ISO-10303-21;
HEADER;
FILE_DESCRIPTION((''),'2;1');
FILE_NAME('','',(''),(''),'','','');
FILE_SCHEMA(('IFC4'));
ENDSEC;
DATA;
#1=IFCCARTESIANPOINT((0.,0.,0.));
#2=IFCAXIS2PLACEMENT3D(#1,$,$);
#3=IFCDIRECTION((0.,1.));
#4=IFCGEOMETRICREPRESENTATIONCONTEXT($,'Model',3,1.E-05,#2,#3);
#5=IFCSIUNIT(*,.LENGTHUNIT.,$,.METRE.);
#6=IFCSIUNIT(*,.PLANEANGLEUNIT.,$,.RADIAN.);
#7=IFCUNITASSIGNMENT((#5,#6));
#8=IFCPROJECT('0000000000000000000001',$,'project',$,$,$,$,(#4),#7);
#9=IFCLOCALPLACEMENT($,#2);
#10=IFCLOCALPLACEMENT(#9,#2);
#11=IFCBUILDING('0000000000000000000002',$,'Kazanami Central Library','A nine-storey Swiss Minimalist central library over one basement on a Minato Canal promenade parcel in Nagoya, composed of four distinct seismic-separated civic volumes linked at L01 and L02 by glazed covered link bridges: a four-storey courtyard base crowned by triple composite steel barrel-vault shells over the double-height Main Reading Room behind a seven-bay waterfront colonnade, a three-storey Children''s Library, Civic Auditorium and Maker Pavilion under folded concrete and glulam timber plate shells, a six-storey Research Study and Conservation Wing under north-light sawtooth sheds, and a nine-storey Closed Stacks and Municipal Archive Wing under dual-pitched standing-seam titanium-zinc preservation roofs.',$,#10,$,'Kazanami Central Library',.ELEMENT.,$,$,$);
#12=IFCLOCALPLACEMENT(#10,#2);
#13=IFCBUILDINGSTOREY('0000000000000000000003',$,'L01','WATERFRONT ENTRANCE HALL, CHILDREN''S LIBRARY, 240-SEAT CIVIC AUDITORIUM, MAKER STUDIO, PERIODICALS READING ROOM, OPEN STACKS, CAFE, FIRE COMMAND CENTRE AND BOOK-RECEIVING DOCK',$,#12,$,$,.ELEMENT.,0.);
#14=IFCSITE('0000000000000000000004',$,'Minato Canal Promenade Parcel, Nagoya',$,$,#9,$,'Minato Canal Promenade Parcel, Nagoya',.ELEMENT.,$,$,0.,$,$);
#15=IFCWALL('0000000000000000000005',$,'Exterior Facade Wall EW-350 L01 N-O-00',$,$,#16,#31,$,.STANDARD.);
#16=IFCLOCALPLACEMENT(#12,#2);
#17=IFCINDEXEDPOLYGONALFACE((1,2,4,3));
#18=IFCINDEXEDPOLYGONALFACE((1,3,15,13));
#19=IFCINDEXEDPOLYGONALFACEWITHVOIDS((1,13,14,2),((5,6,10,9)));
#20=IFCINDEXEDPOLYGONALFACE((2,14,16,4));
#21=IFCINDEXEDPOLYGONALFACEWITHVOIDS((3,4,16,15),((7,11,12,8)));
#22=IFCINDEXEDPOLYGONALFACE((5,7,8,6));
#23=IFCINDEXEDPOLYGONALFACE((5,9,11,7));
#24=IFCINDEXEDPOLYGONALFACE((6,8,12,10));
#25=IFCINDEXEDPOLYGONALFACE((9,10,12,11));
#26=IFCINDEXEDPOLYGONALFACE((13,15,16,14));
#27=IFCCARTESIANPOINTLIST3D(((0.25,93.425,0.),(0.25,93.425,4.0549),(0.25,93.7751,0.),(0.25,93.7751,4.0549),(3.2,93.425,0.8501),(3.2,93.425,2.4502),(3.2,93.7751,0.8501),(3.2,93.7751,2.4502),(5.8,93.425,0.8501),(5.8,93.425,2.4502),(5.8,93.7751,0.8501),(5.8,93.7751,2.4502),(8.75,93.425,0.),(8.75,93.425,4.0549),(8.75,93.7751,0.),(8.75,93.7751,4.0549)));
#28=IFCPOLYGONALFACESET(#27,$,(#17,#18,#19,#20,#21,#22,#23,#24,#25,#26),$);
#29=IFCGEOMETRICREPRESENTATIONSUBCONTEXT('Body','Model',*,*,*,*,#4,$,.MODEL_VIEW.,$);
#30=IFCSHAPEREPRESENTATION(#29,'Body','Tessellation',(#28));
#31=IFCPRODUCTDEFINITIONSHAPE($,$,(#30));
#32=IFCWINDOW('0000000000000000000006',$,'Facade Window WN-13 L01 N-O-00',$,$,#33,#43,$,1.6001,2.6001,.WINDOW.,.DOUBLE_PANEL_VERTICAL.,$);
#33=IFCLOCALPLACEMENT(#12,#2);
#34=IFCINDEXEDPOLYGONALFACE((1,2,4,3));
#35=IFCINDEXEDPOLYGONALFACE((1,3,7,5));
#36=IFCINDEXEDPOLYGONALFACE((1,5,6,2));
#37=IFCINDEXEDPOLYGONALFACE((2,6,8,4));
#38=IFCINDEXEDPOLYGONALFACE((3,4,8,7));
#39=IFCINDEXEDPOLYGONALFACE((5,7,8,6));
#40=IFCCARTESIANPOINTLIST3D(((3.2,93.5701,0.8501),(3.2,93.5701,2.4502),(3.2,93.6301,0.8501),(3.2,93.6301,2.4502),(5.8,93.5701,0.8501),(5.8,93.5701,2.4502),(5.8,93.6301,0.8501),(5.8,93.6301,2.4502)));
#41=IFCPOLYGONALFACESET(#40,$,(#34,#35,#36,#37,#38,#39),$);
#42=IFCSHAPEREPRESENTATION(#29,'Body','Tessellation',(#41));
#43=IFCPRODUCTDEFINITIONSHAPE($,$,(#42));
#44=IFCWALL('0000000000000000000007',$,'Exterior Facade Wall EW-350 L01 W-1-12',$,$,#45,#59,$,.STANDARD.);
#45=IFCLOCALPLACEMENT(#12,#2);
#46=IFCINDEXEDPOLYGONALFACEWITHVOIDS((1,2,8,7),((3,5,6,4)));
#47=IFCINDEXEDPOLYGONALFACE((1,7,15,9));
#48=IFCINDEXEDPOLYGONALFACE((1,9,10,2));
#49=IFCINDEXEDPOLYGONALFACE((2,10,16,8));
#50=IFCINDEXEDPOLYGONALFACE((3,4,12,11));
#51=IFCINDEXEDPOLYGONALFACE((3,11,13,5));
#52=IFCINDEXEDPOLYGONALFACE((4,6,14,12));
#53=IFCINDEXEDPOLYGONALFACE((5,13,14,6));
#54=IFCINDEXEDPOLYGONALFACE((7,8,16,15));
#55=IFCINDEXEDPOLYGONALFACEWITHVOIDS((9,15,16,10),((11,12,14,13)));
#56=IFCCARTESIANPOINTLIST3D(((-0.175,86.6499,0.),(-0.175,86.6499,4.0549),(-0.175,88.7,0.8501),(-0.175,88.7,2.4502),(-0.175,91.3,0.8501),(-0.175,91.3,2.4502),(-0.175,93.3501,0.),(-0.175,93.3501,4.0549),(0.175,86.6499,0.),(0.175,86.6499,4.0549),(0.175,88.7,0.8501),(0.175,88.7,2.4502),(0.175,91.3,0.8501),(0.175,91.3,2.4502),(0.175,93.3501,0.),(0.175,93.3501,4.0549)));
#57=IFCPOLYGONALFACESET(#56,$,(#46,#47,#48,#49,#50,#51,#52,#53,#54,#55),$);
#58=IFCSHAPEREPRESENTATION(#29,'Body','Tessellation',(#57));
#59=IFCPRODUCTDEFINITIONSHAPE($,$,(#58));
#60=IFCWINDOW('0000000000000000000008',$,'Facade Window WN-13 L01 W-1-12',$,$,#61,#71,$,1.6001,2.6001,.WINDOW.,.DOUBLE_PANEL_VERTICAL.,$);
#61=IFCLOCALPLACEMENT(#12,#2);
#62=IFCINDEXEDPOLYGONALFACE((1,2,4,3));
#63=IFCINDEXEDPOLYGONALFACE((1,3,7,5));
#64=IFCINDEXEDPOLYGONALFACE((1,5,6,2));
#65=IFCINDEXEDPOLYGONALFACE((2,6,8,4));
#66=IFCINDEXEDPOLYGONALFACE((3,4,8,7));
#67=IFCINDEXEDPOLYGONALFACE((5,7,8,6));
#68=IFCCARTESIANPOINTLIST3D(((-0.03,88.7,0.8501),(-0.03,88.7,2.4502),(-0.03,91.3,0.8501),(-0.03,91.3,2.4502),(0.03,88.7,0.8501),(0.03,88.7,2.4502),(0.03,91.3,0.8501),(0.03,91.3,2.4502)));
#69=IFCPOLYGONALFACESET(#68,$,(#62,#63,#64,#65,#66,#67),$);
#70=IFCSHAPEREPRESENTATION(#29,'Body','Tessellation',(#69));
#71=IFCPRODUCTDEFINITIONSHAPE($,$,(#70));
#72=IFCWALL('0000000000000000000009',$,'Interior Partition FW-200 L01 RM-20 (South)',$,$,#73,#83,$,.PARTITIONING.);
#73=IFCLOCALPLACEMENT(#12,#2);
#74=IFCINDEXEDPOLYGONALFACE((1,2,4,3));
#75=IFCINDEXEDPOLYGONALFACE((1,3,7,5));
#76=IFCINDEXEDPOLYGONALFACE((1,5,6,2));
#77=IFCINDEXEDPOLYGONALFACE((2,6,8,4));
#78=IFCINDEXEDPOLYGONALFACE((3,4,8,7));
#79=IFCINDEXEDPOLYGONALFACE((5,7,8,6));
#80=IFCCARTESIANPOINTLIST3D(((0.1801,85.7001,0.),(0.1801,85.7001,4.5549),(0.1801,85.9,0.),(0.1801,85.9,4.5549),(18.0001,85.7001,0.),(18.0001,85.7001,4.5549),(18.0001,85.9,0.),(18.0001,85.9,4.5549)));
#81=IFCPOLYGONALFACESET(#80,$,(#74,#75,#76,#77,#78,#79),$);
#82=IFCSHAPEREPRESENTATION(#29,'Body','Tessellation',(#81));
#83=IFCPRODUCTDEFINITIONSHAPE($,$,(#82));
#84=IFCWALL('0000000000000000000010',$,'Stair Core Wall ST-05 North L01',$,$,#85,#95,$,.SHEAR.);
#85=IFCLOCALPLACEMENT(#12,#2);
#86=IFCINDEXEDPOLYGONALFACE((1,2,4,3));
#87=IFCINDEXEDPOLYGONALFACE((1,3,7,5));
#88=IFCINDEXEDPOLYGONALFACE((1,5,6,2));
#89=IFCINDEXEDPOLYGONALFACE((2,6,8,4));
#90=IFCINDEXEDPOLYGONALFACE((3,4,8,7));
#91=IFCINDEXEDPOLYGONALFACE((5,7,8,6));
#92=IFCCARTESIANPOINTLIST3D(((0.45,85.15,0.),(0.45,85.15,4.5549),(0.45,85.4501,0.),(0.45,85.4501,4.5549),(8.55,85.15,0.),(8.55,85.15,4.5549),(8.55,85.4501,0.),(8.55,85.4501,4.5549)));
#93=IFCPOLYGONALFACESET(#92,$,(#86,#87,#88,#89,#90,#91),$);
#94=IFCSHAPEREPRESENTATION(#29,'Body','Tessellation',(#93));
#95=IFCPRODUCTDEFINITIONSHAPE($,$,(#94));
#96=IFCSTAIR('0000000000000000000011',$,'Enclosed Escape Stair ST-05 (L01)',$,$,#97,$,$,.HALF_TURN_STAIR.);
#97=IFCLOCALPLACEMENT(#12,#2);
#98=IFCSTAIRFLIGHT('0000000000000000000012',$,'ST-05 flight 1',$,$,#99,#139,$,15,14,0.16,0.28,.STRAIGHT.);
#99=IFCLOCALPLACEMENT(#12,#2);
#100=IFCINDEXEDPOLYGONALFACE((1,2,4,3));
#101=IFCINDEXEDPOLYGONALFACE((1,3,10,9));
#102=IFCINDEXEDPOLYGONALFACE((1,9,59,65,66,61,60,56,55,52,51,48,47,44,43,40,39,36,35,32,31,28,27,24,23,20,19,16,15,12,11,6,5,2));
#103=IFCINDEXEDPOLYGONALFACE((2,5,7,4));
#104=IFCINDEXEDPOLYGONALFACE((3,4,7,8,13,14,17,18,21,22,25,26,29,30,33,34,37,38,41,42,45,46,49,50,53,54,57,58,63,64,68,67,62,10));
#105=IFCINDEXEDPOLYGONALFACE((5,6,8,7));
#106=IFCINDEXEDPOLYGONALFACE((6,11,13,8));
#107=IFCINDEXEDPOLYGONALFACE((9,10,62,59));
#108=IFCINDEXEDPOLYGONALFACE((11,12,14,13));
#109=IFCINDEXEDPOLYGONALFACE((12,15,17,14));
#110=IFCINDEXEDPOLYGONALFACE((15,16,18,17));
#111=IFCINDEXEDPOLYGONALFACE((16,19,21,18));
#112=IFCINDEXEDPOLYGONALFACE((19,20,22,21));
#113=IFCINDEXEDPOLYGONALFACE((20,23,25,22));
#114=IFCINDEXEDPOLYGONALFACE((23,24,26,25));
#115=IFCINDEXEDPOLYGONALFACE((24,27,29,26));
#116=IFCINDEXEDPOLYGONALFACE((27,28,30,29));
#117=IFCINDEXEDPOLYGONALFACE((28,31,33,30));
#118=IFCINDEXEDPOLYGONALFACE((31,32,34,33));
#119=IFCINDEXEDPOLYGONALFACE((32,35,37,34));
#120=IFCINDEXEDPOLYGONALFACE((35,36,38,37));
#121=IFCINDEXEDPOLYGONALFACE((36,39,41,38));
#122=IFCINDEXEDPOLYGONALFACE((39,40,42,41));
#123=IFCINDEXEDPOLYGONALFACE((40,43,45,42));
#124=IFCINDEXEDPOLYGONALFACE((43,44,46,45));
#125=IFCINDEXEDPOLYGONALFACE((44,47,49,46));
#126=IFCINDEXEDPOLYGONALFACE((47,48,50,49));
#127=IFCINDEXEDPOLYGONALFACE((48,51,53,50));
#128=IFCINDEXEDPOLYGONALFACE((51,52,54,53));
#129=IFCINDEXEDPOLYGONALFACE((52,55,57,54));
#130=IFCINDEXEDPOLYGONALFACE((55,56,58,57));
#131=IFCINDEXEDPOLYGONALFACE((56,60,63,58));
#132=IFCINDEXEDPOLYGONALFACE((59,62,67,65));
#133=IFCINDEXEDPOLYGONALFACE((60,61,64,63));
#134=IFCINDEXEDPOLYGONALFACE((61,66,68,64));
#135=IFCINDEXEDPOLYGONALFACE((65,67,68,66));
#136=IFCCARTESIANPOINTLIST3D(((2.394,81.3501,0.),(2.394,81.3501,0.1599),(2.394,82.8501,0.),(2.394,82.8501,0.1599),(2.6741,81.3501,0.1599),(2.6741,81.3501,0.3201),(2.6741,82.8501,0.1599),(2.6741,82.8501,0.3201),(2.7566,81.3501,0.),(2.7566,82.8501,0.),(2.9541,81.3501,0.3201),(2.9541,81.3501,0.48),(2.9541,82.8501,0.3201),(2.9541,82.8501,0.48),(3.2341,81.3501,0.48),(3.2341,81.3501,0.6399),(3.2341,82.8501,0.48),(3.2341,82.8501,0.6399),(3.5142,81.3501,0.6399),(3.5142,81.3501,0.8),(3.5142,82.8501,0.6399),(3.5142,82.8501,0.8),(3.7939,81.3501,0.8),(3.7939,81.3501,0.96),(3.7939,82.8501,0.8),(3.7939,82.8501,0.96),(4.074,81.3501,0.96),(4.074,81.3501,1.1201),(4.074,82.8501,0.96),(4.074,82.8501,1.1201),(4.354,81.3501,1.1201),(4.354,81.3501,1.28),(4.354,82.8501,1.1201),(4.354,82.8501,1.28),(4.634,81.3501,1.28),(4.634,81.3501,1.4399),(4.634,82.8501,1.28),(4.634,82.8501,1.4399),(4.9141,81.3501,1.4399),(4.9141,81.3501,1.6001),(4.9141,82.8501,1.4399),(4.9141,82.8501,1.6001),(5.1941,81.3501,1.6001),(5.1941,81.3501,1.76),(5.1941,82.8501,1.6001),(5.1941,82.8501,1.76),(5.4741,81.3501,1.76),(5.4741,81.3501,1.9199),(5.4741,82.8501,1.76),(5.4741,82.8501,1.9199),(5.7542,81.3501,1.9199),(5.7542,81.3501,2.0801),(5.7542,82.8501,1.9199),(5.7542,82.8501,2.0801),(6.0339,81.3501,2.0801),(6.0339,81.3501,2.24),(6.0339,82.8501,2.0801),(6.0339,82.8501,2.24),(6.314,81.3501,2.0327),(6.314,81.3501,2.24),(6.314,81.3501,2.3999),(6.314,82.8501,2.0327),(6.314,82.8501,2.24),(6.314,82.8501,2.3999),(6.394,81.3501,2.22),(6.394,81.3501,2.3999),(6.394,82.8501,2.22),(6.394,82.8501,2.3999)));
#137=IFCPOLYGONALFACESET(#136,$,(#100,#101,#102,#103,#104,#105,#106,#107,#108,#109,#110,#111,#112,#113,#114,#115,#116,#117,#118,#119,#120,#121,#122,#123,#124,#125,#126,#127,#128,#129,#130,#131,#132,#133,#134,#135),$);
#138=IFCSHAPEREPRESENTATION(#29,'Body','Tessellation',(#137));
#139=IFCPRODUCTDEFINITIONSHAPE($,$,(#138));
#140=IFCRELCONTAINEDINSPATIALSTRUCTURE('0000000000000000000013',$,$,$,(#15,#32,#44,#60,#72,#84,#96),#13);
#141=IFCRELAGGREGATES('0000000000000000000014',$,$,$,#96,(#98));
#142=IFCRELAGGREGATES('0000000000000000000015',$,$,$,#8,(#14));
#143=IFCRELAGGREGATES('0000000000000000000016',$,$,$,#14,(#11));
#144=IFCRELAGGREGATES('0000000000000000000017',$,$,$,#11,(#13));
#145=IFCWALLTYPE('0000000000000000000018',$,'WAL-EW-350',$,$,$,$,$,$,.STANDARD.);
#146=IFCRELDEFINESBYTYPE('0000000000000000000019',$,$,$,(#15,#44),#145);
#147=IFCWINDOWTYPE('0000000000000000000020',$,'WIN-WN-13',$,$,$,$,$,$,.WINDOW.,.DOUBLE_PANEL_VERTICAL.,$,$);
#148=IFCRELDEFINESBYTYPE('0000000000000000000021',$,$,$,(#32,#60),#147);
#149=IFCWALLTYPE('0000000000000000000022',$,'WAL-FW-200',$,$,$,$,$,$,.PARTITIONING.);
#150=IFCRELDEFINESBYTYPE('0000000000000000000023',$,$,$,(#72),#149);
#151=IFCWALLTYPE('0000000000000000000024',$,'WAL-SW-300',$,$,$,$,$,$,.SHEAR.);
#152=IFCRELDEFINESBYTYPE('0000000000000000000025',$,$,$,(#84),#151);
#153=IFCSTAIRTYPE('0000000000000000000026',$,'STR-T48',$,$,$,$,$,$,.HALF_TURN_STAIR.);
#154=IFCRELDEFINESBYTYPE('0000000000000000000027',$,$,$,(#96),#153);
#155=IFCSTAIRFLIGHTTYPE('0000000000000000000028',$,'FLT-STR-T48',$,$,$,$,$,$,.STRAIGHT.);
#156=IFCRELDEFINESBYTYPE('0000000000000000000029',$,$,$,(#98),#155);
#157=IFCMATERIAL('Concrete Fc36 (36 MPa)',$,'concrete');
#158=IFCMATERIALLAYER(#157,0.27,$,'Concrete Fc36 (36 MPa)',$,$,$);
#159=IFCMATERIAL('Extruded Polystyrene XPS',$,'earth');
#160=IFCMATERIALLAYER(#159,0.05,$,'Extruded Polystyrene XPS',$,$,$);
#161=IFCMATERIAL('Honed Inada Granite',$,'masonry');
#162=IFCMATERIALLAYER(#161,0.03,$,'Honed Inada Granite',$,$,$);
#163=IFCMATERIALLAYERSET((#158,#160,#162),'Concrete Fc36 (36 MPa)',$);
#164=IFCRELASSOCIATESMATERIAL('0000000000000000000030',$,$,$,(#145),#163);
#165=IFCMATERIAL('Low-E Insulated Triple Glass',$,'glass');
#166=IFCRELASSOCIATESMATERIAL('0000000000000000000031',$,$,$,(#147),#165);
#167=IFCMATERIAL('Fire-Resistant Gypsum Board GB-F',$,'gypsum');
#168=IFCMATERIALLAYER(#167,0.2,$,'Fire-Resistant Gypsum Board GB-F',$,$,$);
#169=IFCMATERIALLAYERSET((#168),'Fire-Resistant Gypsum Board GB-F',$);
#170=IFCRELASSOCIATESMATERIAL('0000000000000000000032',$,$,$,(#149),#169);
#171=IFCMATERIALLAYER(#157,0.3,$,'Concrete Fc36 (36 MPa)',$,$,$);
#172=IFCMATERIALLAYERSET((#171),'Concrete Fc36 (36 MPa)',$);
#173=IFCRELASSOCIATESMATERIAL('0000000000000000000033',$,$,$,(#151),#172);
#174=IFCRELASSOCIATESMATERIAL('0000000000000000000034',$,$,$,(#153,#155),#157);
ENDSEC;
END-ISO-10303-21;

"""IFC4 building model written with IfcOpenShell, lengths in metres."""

from ifc_helpers import new_model, si_unit, direction, frame, frame_2d, origin, place, context, subcontext, project, spatial, polyline, rectangle, outline, extrude, material, layer, layer_set, type_object, element, fill, aggregate, save


model = new_model("IFC4")

# Units and contexts
model_context = context("Model", 3, precision=1e-05, world=origin(), true_north=direction((0.0, 1.0)))
body_context = subcontext(model_context, "Body", "Model", "MODEL_VIEW")
ifc_project = project(units=[si_unit("LENGTHUNIT", "METRE"), si_unit("PLANEANGLEUNIT", "RADIAN")], contexts=[model_context])

# Site, building, storey
site_placement = place(None, origin())
site = spatial("IfcSite", under=ifc_project, at=site_placement, Name="Minato Canal Promenade Parcel, Nagoya", LongName="Minato Canal Promenade Parcel, Nagoya", CompositionType="ELEMENT", RefElevation=0.0)
building_placement = place(site_placement, origin())
building = spatial("IfcBuilding", under=site, at=building_placement, Name="Kazanami Central Library", Description="A nine-storey Swiss Minimalist central library over one basement on a Minato Canal promenade parcel in Nagoya, composed of four distinct seismic-separated civic volumes linked at L01 and L02 by glazed covered link bridges: a four-storey courtyard base crowned by triple composite steel barrel-vault shells over the double-height Main Reading Room behind a seven-bay waterfront colonnade, a three-storey Children's Library, Civic Auditorium and Maker Pavilion under folded concrete and glulam timber plate shells, a six-storey Research Study and Conservation Wing under north-light sawtooth sheds, and a nine-storey Closed Stacks and Municipal Archive Wing under dual-pitched standing-seam titanium-zinc preservation roofs.", LongName="Kazanami Central Library", CompositionType="ELEMENT")
storey_placement = place(building_placement, origin())
storey = spatial("IfcBuildingStorey", under=building, at=storey_placement, Name="L01", Description="WATERFRONT ENTRANCE HALL, CHILDREN'S LIBRARY, 240-SEAT CIVIC AUDITORIUM, MAKER STUDIO, PERIODICALS READING ROOM, OPEN STACKS, CAFE, FIRE COMMAND CENTRE AND BOOK-RECEIVING DOCK", CompositionType="ELEMENT", Elevation=0.0)

# Walls, openings, windows
ifc_material_1 = material(Name="Concrete Fc36 (36 MPa)", Category="concrete")
ifc_layer_1 = layer(ifc_material_1, 0.27, Name="Concrete Fc36 (36 MPa)")
ifc_material_2 = material(Name="Extruded Polystyrene XPS", Category="earth")
ifc_layer_2 = layer(ifc_material_2, 0.05, Name="Extruded Polystyrene XPS")
ifc_material_3 = material(Name="Honed Inada Granite", Category="masonry")
ifc_layer_3 = layer(ifc_material_3, 0.03, Name="Honed Inada Granite")
ifc_layer_set_1 = layer_set([ifc_layer_1, ifc_layer_2, ifc_layer_3], Name="Concrete Fc36 (36 MPa)")
wall_type_1 = type_object("IfcWallType", Name="WAL-EW-350", PredefinedType="STANDARD", material=ifc_layer_set_1)
wall_1_placement = place(storey_placement, frame((8.75, 93.6001, 0.0), z_axis=(0.0, 0.0, 1.0), x_axis=(-1.0, 0.0, 0.0)))
wall_1 = element("IfcWall", 1, at=wall_1_placement, inside=storey, type_object=wall_type_1, Name="Exterior Facade Wall EW-350 L01 N-O-00", PredefinedType="STANDARD", context=body_context, shape_type="SweptSolid", body=[
    extrude(rectangle(XDim=8.5, YDim=0.3501, at=frame_2d((4.25, 0.0))), origin(), (0.0, 0.0, 1.0), 4.0549),
])
opening_1_placement = place(wall_1_placement, frame((2.95, 0.0, 0.8501)))
opening_1 = element("IfcOpeningElement", 2, at=opening_1_placement, cuts=wall_1, PredefinedType="OPENING", context=body_context, shape_type="SweptSolid", body=[
    extrude(rectangle(XDim=2.6001, YDim=1.6001, at=frame_2d((1.3, 0.8))), frame((0.0, 0.187, 0.0), z_axis=(0.0, -1.0, 0.0), x_axis=(1.0, 0.0, 0.0)), (0.0, 0.0, 1.0), 0.374),
])
ifc_material_4 = material(Name="Low-E Insulated Triple Glass", Category="glass")
window_type = type_object("IfcWindowType", Name="WIN-WN-13", PartitioningType="DOUBLE_PANEL_VERTICAL", PredefinedType="WINDOW", material=ifc_material_4)
window_1_placement = place(opening_1_placement, origin())
window_1 = element("IfcWindow", 3, at=window_1_placement, inside=storey, type_object=window_type, Name="Facade Window WN-13 L01 N-O-00", OverallHeight=1.6001, OverallWidth=2.6001, PartitioningType="DOUBLE_PANEL_VERTICAL", PredefinedType="WINDOW", context=body_context, shape_type="SweptSolid", body=[
    extrude(rectangle(XDim=2.6001, YDim=1.6001, at=frame_2d((1.3, 0.8))), frame((0.0, 0.03, 0.0), z_axis=(0.0, -1.0, 0.0), x_axis=(1.0, 0.0, 0.0)), (0.0, 0.0, 1.0), 0.0601),
])
fill(opening_1, window_1)
wall_2_placement = place(storey_placement, frame((0.0, 86.6499, 0.0), z_axis=(0.0, 0.0, 1.0), x_axis=(0.0, 1.0, 0.0)))
wall_2 = element("IfcWall", 4, at=wall_2_placement, inside=storey, type_object=wall_type_1, Name="Exterior Facade Wall EW-350 L01 W-1-12", PredefinedType="STANDARD", context=body_context, shape_type="SweptSolid", body=[
    extrude(rectangle(XDim=6.7002, YDim=0.3501, at=frame_2d((3.3501, 0.0))), origin(), (0.0, 0.0, 1.0), 4.0549),
])
opening_2_placement = place(wall_2_placement, frame((2.05, 0.0, 0.8501)))
opening_2 = element("IfcOpeningElement", 5, at=opening_2_placement, cuts=wall_2, PredefinedType="OPENING", context=body_context, shape_type="SweptSolid", body=[
    extrude(rectangle(XDim=2.6001, YDim=1.6001, at=frame_2d((1.3, 0.8))), frame((0.0, 0.187, 0.0), z_axis=(0.0, -1.0, 0.0), x_axis=(1.0, 0.0, 0.0)), (0.0, 0.0, 1.0), 0.374),
])
window_2_placement = place(opening_2_placement, origin())
window_2 = element("IfcWindow", 6, at=window_2_placement, inside=storey, type_object=window_type, Name="Facade Window WN-13 L01 W-1-12", OverallHeight=1.6001, OverallWidth=2.6001, PartitioningType="DOUBLE_PANEL_VERTICAL", PredefinedType="WINDOW", context=body_context, shape_type="SweptSolid", body=[
    extrude(rectangle(XDim=2.6001, YDim=1.6001, at=frame_2d((1.3, 0.8))), frame((0.0, 0.03, 0.0), z_axis=(0.0, -1.0, 0.0), x_axis=(1.0, 0.0, 0.0)), (0.0, 0.0, 1.0), 0.0601),
])
fill(opening_2, window_2)

# Walls
ifc_material_5 = material(Name="Fire-Resistant Gypsum Board GB-F", Category="gypsum")
ifc_layer_4 = layer(ifc_material_5, 0.2, Name="Fire-Resistant Gypsum Board GB-F")
ifc_layer_set_2 = layer_set([ifc_layer_4], Name="Fire-Resistant Gypsum Board GB-F")
wall_type_2 = type_object("IfcWallType", Name="WAL-FW-200", PredefinedType="PARTITIONING", material=ifc_layer_set_2)
wall_3_placement = place(storey_placement, frame((0.1799, 85.8, 0.0), z_axis=(0.0, 0.0, 1.0), x_axis=(1.0, 0.0, 0.0)))
element("IfcWall", 7, at=wall_3_placement, inside=storey, type_object=wall_type_2, Name="Interior Partition FW-200 L01 RM-20 (South)", PredefinedType="PARTITIONING", context=body_context, shape_type="SweptSolid", body=[
    extrude(rectangle(XDim=17.8201, YDim=0.2, at=frame_2d((8.9102, 0.0))), origin(), (0.0, 0.0, 1.0), 4.5549),
])
ifc_layer_5 = layer(ifc_material_1, 0.3, Name="Concrete Fc36 (36 MPa)")
ifc_layer_set_3 = layer_set([ifc_layer_5], Name="Concrete Fc36 (36 MPa)")
wall_type_3 = type_object("IfcWallType", Name="WAL-SW-300", PredefinedType="SHEAR", material=ifc_layer_set_3)
wall_4_placement = place(storey_placement, frame((0.45, 85.3, 0.0), z_axis=(0.0, 0.0, 1.0), x_axis=(1.0, 0.0, 0.0)))
element("IfcWall", 8, at=wall_4_placement, inside=storey, type_object=wall_type_3, Name="Stair Core Wall ST-05 North L01", PredefinedType="SHEAR", context=body_context, shape_type="SweptSolid", body=[
    extrude(rectangle(XDim=8.1001, YDim=0.3, at=frame_2d((4.05, 0.0))), origin(), (0.0, 0.0, 1.0), 4.5549),
])

# Stair, stair flight
stair_type = type_object("IfcStairType", Name="STR-T48", PredefinedType="HALF_TURN_STAIR", material=ifc_material_1)
stair_placement = place(storey_placement, origin())
stair = element("IfcStair", 9, at=stair_placement, inside=storey, type_object=stair_type, Name="Enclosed Escape Stair ST-05 (L01)", PredefinedType="HALF_TURN_STAIR")
stair_flight_type = type_object("IfcStairFlightType", Name="FLT-STR-T48", PredefinedType="STRAIGHT", material=ifc_material_1)
stair_flight_1_placement = place(storey_placement, frame((2.394, 82.1001, 0.0), z_axis=(0.0, 0.0, 1.0), x_axis=(1.0, 0.0, 0.0)))
stair_flight_1 = element("IfcStairFlight", 10, at=stair_flight_1_placement, type_object=stair_flight_type, Name="ST-05 flight 1", NumberOfRisers=15, NumberOfTreads=14, PredefinedType="STRAIGHT", RiserHeight=0.16, TreadLength=0.28, context=body_context, shape_type="SweptSolid", body=[
    extrude(outline(polyline([(0.0, 0.0), (0.0, 0.1599), (0.28, 0.1599), (0.28, 0.3201), (0.5601, 0.3201), (0.5601, 0.48), (0.8401, 0.48), (0.8401, 0.6399), (1.1201, 0.6399), (1.1201, 0.8), (1.3999, 0.8), (1.3999, 0.96), (1.6799, 0.96), (1.6799, 1.1201), (1.96, 1.1201), (1.96, 1.28), (2.24, 1.28), (2.24, 1.4399), (2.52, 1.4399), (2.52, 1.6001), (2.8, 1.6001), (2.8, 1.76), (3.0801, 1.76), (3.0801, 1.9199), (3.3601, 1.9199), (3.3601, 2.0801), (3.6399, 2.0801), (3.6399, 2.24), (3.9199, 2.24), (3.9199, 2.3999), (4.0, 2.3999), (4.0, 2.22), (3.9199, 2.0327), (0.3625, 0.0), (0.0, 0.0)])), frame((0.0, 0.75, 0.0), z_axis=(0.0, -1.0, 0.0), x_axis=(1.0, 0.0, 0.0)), (0.0, 0.0, 1.0), 1.5),
])
aggregate(stair, [stair_flight_1])

save(model, "model.ifc")
